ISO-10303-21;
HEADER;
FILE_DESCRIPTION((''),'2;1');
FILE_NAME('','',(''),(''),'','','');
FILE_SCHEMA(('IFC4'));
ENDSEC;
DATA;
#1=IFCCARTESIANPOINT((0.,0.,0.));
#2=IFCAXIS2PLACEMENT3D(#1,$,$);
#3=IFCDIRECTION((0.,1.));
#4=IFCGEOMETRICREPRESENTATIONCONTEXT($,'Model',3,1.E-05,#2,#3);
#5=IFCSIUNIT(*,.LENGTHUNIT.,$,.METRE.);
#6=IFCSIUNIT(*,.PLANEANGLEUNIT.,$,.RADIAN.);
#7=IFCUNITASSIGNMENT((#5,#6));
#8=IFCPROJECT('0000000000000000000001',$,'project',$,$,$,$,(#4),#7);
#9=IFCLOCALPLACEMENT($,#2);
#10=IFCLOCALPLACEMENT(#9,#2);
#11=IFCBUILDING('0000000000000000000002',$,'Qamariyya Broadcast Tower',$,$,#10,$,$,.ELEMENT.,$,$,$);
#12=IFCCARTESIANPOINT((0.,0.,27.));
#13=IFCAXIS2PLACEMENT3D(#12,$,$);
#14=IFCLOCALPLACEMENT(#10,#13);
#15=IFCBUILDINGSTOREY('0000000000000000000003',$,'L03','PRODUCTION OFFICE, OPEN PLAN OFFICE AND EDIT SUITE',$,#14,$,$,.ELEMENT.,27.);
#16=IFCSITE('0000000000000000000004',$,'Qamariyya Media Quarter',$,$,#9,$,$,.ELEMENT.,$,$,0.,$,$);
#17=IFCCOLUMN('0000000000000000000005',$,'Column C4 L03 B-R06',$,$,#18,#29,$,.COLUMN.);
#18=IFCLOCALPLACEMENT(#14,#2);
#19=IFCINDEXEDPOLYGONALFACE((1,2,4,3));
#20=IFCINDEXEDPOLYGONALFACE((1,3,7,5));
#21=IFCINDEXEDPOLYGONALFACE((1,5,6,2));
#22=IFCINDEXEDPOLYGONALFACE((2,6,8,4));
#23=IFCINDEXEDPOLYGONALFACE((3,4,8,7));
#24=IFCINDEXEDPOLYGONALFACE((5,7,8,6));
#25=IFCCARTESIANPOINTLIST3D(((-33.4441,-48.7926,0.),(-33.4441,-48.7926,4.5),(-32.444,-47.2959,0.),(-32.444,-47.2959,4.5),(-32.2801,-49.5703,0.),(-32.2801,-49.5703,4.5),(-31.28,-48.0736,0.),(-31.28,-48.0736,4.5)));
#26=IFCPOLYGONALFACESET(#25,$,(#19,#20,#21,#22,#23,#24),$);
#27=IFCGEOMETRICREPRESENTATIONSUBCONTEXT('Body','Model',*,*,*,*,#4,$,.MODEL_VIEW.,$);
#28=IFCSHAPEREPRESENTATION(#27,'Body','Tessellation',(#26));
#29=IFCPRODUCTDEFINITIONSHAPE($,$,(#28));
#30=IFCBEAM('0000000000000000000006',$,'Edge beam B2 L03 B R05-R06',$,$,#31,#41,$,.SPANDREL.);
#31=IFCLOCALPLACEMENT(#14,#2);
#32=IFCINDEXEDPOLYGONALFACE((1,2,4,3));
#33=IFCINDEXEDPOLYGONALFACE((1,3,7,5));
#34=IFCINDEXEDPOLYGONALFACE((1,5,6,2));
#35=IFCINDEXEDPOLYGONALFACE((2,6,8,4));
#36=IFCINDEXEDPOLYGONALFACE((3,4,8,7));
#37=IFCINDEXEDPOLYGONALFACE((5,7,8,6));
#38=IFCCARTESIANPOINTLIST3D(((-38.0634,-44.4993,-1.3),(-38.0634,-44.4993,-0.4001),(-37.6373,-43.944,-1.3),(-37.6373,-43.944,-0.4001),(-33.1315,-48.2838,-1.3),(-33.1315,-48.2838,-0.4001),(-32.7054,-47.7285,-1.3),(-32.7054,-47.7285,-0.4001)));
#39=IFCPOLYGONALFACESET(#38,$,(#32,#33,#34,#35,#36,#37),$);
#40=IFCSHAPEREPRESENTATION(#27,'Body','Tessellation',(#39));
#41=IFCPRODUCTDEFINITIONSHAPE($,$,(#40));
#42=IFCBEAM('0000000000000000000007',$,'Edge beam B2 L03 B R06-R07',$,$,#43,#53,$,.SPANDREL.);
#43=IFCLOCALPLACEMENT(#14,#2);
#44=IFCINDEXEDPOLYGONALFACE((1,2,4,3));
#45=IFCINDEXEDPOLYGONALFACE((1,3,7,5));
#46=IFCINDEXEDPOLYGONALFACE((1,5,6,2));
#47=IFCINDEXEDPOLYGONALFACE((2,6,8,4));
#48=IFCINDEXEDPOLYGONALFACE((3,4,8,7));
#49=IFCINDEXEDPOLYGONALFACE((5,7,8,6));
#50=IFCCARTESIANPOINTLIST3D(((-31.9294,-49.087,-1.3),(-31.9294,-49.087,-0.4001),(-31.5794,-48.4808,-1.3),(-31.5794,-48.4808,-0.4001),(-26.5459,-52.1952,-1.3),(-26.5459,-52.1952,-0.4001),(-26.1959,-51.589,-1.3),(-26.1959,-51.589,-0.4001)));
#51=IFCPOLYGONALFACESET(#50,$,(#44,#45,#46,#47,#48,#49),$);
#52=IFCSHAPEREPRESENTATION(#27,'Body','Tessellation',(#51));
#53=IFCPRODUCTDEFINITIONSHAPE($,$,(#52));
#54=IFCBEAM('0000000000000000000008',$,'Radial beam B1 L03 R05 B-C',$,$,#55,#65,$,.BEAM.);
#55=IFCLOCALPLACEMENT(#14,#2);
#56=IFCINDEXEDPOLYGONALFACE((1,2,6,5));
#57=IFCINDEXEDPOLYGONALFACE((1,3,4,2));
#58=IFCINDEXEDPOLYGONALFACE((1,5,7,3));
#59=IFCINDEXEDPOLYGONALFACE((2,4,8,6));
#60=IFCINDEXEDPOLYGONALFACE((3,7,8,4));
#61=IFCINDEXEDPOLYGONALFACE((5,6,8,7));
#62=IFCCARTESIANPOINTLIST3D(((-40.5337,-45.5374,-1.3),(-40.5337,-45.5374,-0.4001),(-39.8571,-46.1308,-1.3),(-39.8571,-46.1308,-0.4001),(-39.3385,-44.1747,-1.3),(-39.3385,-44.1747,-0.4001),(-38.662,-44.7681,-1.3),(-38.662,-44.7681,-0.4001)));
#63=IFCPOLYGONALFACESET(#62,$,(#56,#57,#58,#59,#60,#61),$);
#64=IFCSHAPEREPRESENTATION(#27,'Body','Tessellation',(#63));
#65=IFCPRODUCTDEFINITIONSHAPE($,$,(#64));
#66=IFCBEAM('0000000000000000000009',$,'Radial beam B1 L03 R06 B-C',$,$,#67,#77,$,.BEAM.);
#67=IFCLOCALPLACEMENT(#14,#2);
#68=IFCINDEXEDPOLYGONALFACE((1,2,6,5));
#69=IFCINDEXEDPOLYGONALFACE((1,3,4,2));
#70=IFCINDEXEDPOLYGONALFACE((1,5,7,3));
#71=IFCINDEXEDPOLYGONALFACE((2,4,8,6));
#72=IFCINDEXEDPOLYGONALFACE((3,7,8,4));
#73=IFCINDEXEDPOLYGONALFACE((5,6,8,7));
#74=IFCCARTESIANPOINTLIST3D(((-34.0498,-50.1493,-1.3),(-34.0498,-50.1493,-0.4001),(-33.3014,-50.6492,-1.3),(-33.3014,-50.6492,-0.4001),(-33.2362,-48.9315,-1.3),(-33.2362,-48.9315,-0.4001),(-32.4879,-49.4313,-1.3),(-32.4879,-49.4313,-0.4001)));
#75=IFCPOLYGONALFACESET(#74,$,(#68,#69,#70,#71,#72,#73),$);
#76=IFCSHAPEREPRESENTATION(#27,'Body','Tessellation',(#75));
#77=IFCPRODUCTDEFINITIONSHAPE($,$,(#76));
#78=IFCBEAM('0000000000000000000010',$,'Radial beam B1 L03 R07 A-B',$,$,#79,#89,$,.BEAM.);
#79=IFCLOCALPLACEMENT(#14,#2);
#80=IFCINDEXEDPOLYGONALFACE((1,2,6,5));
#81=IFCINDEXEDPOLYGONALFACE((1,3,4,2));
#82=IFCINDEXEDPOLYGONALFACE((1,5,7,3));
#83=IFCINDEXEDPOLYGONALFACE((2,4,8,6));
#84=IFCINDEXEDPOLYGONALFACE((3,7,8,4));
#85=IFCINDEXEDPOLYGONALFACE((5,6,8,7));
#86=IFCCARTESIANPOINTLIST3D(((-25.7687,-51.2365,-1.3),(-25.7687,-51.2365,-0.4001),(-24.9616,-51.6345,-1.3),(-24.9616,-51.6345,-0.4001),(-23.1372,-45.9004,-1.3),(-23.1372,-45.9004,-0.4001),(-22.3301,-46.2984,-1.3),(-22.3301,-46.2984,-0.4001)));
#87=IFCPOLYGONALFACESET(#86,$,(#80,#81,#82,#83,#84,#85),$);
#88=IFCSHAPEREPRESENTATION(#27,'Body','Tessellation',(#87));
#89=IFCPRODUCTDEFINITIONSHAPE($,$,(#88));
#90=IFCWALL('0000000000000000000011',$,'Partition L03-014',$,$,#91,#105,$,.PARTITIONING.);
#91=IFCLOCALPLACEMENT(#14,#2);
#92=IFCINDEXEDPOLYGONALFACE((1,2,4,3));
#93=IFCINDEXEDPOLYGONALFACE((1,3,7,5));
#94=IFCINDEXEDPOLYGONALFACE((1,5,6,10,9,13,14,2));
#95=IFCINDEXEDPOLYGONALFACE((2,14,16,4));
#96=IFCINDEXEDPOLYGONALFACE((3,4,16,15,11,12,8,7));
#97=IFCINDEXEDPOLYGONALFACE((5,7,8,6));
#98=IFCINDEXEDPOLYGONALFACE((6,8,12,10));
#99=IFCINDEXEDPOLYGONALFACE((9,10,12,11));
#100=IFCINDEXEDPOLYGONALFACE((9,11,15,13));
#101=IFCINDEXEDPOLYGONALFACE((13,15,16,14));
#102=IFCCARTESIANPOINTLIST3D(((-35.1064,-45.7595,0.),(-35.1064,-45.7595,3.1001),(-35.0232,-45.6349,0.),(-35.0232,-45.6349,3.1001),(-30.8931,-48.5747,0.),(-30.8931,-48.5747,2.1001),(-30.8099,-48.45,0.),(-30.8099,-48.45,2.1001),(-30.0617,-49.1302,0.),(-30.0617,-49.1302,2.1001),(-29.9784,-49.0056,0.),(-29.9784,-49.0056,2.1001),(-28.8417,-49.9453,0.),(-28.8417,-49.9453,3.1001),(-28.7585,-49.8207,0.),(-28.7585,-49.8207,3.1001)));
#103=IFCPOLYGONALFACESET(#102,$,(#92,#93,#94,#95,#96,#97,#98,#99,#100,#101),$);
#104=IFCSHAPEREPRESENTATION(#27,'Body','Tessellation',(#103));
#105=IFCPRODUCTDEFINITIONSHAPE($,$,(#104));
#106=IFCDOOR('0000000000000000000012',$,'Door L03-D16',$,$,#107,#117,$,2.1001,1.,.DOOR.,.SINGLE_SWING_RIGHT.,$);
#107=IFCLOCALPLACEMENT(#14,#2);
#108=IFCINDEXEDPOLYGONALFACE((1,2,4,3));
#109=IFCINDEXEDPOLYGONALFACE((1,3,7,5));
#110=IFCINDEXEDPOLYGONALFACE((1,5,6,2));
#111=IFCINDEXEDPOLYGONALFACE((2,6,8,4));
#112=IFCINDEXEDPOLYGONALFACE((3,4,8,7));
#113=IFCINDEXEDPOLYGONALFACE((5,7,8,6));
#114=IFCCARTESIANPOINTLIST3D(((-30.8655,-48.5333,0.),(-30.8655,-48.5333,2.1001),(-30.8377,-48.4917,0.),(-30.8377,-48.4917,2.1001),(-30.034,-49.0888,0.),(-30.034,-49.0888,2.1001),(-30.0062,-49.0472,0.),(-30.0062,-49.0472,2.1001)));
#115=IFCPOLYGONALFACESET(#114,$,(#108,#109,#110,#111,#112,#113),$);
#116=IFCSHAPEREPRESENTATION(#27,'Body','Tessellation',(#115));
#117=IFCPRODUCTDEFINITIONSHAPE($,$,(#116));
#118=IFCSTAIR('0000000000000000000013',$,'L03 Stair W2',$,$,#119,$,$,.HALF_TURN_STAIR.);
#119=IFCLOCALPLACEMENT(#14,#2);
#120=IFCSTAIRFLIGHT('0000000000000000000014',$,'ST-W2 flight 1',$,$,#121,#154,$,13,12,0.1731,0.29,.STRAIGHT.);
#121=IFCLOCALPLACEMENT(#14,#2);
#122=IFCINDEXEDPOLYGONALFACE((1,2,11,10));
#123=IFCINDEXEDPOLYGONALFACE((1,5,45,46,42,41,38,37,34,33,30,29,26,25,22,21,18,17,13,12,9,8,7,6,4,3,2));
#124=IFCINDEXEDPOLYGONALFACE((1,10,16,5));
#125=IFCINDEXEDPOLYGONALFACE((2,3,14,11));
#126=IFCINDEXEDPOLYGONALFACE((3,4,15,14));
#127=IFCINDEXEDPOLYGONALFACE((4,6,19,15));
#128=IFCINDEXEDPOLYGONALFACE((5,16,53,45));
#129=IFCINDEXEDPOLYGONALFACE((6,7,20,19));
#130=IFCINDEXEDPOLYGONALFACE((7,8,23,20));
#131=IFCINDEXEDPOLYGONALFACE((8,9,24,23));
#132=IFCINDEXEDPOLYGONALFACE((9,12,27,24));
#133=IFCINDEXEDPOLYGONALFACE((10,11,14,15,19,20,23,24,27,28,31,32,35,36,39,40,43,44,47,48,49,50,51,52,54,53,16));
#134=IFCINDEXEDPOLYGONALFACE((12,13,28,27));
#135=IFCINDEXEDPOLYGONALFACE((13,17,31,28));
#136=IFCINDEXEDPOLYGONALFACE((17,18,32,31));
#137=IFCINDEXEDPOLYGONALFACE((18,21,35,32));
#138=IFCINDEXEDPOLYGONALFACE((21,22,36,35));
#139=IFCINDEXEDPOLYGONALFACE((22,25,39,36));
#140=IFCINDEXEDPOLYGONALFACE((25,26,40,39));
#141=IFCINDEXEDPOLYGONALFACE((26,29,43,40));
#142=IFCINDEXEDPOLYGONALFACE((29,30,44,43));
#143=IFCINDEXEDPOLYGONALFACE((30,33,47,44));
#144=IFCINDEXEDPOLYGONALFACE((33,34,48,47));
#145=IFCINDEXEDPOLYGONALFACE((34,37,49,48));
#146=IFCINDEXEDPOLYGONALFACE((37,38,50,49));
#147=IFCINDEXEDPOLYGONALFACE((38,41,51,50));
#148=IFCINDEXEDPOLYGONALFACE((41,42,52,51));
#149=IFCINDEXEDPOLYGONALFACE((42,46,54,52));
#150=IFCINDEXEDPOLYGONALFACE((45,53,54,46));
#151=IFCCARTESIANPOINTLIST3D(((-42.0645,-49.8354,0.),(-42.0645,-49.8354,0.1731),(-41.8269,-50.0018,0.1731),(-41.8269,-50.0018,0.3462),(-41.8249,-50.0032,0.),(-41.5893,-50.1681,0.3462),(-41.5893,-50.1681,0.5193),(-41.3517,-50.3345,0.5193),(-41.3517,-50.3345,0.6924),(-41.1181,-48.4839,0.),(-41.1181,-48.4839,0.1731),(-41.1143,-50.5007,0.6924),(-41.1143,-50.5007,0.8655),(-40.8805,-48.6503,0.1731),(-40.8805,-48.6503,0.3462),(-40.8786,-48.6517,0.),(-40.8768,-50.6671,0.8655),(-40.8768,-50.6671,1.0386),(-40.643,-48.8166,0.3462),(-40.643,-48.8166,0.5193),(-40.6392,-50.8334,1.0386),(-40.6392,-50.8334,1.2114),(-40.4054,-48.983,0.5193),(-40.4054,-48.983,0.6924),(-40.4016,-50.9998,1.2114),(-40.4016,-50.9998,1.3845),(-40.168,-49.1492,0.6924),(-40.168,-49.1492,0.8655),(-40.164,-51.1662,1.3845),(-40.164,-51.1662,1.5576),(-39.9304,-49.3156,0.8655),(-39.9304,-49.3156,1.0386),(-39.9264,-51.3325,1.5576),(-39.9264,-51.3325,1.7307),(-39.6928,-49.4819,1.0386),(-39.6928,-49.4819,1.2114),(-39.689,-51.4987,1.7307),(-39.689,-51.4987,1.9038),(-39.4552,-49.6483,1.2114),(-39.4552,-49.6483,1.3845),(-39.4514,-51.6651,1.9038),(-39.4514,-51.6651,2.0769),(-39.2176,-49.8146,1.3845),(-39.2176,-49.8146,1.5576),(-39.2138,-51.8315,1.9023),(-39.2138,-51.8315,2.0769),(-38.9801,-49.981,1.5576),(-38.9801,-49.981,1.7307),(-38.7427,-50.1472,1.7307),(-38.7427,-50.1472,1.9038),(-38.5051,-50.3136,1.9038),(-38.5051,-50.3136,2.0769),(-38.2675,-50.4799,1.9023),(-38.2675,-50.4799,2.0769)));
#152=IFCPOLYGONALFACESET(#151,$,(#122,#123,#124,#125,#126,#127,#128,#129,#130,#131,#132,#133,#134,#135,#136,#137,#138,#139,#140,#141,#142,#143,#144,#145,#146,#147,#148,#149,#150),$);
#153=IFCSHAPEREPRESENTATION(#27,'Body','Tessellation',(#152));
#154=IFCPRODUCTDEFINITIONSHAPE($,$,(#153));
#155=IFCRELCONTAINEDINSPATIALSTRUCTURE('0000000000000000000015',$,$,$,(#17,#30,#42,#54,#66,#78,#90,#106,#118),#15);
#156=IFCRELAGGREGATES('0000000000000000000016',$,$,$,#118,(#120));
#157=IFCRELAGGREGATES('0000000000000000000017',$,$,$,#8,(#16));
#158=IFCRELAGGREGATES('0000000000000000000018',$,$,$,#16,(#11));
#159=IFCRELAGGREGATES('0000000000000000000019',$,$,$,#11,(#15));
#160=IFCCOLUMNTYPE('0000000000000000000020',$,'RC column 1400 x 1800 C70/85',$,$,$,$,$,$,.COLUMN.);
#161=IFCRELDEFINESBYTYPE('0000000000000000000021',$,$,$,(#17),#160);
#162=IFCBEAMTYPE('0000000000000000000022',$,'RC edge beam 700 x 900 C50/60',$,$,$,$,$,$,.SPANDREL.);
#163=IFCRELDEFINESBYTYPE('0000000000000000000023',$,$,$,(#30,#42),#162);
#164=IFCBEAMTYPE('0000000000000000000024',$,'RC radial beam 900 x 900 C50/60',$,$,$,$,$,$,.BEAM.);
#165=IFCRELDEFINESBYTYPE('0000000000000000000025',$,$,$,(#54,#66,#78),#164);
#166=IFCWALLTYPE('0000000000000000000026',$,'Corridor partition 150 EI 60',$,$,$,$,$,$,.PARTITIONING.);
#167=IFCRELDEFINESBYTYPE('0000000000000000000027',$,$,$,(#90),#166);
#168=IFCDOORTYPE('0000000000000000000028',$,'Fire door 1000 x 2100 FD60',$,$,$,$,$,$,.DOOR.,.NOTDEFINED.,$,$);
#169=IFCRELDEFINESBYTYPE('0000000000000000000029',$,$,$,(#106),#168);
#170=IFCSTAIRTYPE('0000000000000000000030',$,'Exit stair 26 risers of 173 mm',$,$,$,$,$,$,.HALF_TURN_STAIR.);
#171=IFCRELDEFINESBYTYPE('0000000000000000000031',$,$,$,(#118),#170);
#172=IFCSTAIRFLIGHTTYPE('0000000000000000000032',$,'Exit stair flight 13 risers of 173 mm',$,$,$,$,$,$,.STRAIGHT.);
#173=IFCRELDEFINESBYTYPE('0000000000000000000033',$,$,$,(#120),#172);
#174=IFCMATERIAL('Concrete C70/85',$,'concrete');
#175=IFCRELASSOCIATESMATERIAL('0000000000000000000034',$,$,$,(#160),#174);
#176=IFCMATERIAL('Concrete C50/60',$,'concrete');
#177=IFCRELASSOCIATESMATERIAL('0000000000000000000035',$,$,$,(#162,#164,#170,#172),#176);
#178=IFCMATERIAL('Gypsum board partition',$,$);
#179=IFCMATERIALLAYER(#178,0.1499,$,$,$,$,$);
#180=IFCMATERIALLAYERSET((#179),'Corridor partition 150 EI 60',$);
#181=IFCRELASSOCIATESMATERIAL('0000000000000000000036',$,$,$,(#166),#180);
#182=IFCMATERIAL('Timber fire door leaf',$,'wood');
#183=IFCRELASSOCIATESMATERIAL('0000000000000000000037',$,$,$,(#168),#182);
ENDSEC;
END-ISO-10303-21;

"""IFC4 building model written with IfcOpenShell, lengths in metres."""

from ifc_helpers import new_model, si_unit, direction, frame, frame_2d, origin, origin_2d, place, context, subcontext, project, spatial, polyline, rectangle, outline, extrude, material, layer, layer_set, material_profile, profile_set, type_object, element, fill, aggregate, save


model = new_model("IFC4")

# Units and contexts
model_context = context("Model", 3, precision=1e-05, world=origin(), true_north=direction((0.0, 1.0)))
body_context = subcontext(model_context, "Body", "Model", "MODEL_VIEW")
ifc_project = project(units=[si_unit("LENGTHUNIT", "METRE"), si_unit("PLANEANGLEUNIT", "RADIAN")], contexts=[model_context])

# Site, building, storey
site_placement = place(None, origin())
site = spatial("IfcSite", under=ifc_project, at=site_placement, Name="Qamariyya Media Quarter", CompositionType="ELEMENT", RefElevation=0.0)
building_placement = place(site_placement, origin())
building = spatial("IfcBuilding", under=site, at=building_placement, Name="Qamariyya Broadcast Tower", CompositionType="ELEMENT")
storey_placement = place(building_placement, frame((0.0, 0.0, 27.0)))
storey = spatial("IfcBuildingStorey", under=building, at=storey_placement, Name="L03", Description="PRODUCTION OFFICE, OPEN PLAN OFFICE AND EDIT SUITE", CompositionType="ELEMENT", Elevation=27.0)

# Column
ifc_material_1 = material(Name="Concrete C70/85", Category="concrete")
ifc_material_profile_1 = material_profile(ifc_material_1, rectangle(XDim=1.3999, YDim=1.8, at=origin_2d()))
ifc_profile_set_1 = profile_set([ifc_material_profile_1], Name="Concrete C70/85")
column_type = type_object("IfcColumnType", Name="RC column 1400 x 1800 C70/85", PredefinedType="COLUMN", material=ifc_profile_set_1)
column_placement = place(storey_placement, frame((-32.3621, -48.4331, 0.0), z_axis=(0.0, 0.0, 1.0), x_axis=(0.83147, -0.55557, 0.0)))
element("IfcColumn", 1, at=column_placement, inside=storey, type_object=column_type, Name="Column C4 L03 B-R06", PredefinedType="COLUMN", context=body_context, shape_type="SweptSolid", body=[
    extrude(rectangle(XDim=1.3999, YDim=1.8, at=origin_2d()), origin(), (0.0, 0.0, 1.0), 4.5),
])

# Beams
ifc_material_2 = material(Name="Concrete C50/60", Category="concrete")
ifc_material_profile_2 = material_profile(ifc_material_2, rectangle(XDim=0.7, YDim=0.8999, at=origin_2d()))
ifc_profile_set_2 = profile_set([ifc_material_profile_2], Name="Concrete C50/60")
beam_type_1 = type_object("IfcBeamType", Name="RC edge beam 700 x 900 C50/60", PredefinedType="SPANDREL", material=ifc_profile_set_2)
beam_1_placement = place(storey_placement, frame((-37.8503, -44.2217, -0.8501), z_axis=(0.793349, -0.608767, 0.0), x_axis=(0.608767, 0.793349, 0.0)))
element("IfcBeam", 2, at=beam_1_placement, inside=storey, type_object=beam_type_1, Name="Edge beam B2 L03 B R05-R06", PredefinedType="SPANDREL", context=body_context, shape_type="SweptSolid", body=[
    extrude(rectangle(XDim=0.7, YDim=0.8999, at=origin_2d()), origin(), (0.0, 0.0, 1.0), 6.2166),
])
beam_2_placement = place(storey_placement, frame((-31.7544, -48.7839, -0.8501), z_axis=(0.866028, -0.499996, 0.0), x_axis=(0.499996, 0.866028, 0.0)))
element("IfcBeam", 3, at=beam_2_placement, inside=storey, type_object=beam_type_1, Name="Edge beam B2 L03 B R06-R07", PredefinedType="SPANDREL", context=body_context, shape_type="SweptSolid", body=[
    extrude(rectangle(XDim=0.7, YDim=0.8999, at=origin_2d()), origin(), (0.0, 0.0, 1.0), 6.2163),
])
ifc_material_profile_3 = material_profile(ifc_material_2, rectangle(XDim=0.8999, YDim=0.8999, at=origin_2d()))
ifc_profile_set_3 = profile_set([ifc_material_profile_3], Name="Concrete C50/60")
beam_type_2 = type_object("IfcBeamType", Name="RC radial beam 900 x 900 C50/60", PredefinedType="BEAM", material=ifc_profile_set_3)
beam_3_placement = place(storey_placement, frame((-39.0002, -44.4714, -0.8501), z_axis=(-0.659391, -0.7518, 0.0), x_axis=(0.7518, -0.659391, 0.0)))
element("IfcBeam", 4, at=beam_3_placement, inside=storey, type_object=beam_type_2, Name="Radial beam B1 L03 R05 B-C", PredefinedType="BEAM", context=body_context, shape_type="SweptSolid", body=[
    extrude(rectangle(XDim=0.8999, YDim=0.8999, at=origin_2d()), origin(), (0.0, 0.0, 1.0), 1.8125),
])
beam_4_placement = place(storey_placement, frame((-32.8621, -49.1814, -0.8501), z_axis=(-0.555469, -0.831537, 0.0), x_axis=(0.831537, -0.555469, 0.0)))
element("IfcBeam", 5, at=beam_4_placement, inside=storey, type_object=beam_type_2, Name="Radial beam B1 L03 R06 B-C", PredefinedType="BEAM", context=body_context, shape_type="SweptSolid", body=[
    extrude(rectangle(XDim=0.8999, YDim=0.8999, at=origin_2d()), origin(), (0.0, 0.0, 1.0), 1.4646),
])
beam_5_placement = place(storey_placement, frame((-22.7336, -46.0994, -0.8501), z_axis=(-0.442299, -0.896868, 0.0), x_axis=(0.896868, -0.442299, 0.0)))
element("IfcBeam", 6, at=beam_5_placement, inside=storey, type_object=beam_type_2, Name="Radial beam B1 L03 R07 A-B", PredefinedType="BEAM", context=body_context, shape_type="SweptSolid", body=[
    extrude(rectangle(XDim=0.8999, YDim=0.8999, at=origin_2d()), origin(), (0.0, 0.0, 1.0), 5.9497),
])

# Wall, opening, door
ifc_material_3 = material(Name="Gypsum board partition")
ifc_layer = layer(ifc_material_3, 0.1499)
ifc_layer_set = layer_set([ifc_layer], Name="Corridor partition 150 EI 60")
wall_type = type_object("IfcWallType", Name="Corridor partition 150 EI 60", PredefinedType="PARTITIONING", material=ifc_layer_set)
wall_placement = place(storey_placement, frame((-35.0647, -45.6973, 0.0), z_axis=(0.0, 0.0, 1.0), x_axis=(0.831477, -0.55556, 0.0)))
wall = element("IfcWall", 7, at=wall_placement, inside=storey, type_object=wall_type, Name="Partition L03-014", PredefinedType="PARTITIONING", context=body_context, shape_type="SweptSolid", body=[
    extrude(rectangle(XDim=7.5344, YDim=0.1499, at=frame_2d((3.7671, 0.0))), origin(), (0.0, 0.0, 1.0), 3.1001),
])
opening_placement = place(wall_placement, frame((5.0671, 0.0, 0.0)))
opening = element("IfcOpeningElement", 8, at=opening_placement, cuts=wall, PredefinedType="OPENING", context=body_context, shape_type="SweptSolid", body=[
    extrude(rectangle(XDim=1.0, YDim=2.1001, at=frame_2d((0.5, 1.05))), frame((0.0, 0.085, 0.0), z_axis=(0.0, -1.0, 0.0), x_axis=(1.0, 0.0, 0.0)), (0.0, 0.0, 1.0), 0.1699),
])
ifc_material_4 = material(Name="Timber fire door leaf", Category="wood")
door_type = type_object("IfcDoorType", Name="Fire door 1000 x 2100 FD60", OperationType="NOTDEFINED", PredefinedType="DOOR", material=ifc_material_4)
door_placement = place(opening_placement, origin())
door = element("IfcDoor", 9, at=door_placement, inside=storey, type_object=door_type, Name="Door L03-D16", OperationType="SINGLE_SWING_RIGHT", OverallHeight=2.1001, OverallWidth=1.0, PredefinedType="DOOR", context=body_context, shape_type="SweptSolid", body=[
    extrude(rectangle(XDim=1.0, YDim=2.1001, at=frame_2d((0.5, 1.05))), frame((0.0, 0.0249, 0.0), z_axis=(0.0, -1.0, 0.0), x_axis=(1.0, 0.0, 0.0)), (0.0, 0.0, 1.0), 0.05),
])
fill(opening, door)

# Stair, stair flight
stair_type = type_object("IfcStairType", Name="Exit stair 26 risers of 173 mm", PredefinedType="HALF_TURN_STAIR", material=ifc_material_2)
stair_placement = place(storey_placement, origin())
stair = element("IfcStair", 10, at=stair_placement, inside=storey, type_object=stair_type, Name="L03 Stair W2", PredefinedType="HALF_TURN_STAIR")
stair_flight_type = type_object("IfcStairFlightType", Name="Exit stair flight 13 risers of 173 mm", PredefinedType="STRAIGHT", material=ifc_material_2)
stair_flight_1_placement = place(storey_placement, frame((-41.5913, -49.1597, 0.0), z_axis=(0.0, 0.0, 1.0), x_axis=(0.819152, -0.573576, 0.0)))
stair_flight_1 = element("IfcStairFlight", 11, at=stair_flight_1_placement, type_object=stair_flight_type, Name="ST-W2 flight 1", NumberOfRisers=13, NumberOfTreads=12, PredefinedType="STRAIGHT", RiserHeight=0.1731, TreadLength=0.29, context=body_context, shape_type="SweptSolid", body=[
    extrude(outline(polyline([(0.0, 0.0), (0.0, 0.1731), (0.29, 0.1731), (0.29, 0.3462), (0.5801, 0.3462), (0.5801, 0.5193), (0.8701, 0.5193), (0.8701, 0.6924), (1.1599, 0.6924), (1.1599, 0.8655), (1.45, 0.8655), (1.45, 1.0386), (1.74, 1.0386), (1.74, 1.2114), (2.03, 1.2114), (2.03, 1.3845), (2.3201, 1.3845), (2.3201, 1.5576), (2.6101, 1.5576), (2.6101, 1.7307), (2.8999, 1.7307), (2.8999, 1.9038), (3.1899, 1.9038), (3.1899, 2.0769), (3.48, 2.0769), (3.48, 2.25), (3.48, 1.9023), (0.2925, 0.0), (0.0, 0.0)])), frame((0.0, 0.825, 0.0), z_axis=(0.0, -1.0, 0.0), x_axis=(1.0, 0.0, 0.0)), (0.0, 0.0, 1.0), 1.6499),
])
aggregate(stair, [stair_flight_1])

save(model, "model.ifc")
